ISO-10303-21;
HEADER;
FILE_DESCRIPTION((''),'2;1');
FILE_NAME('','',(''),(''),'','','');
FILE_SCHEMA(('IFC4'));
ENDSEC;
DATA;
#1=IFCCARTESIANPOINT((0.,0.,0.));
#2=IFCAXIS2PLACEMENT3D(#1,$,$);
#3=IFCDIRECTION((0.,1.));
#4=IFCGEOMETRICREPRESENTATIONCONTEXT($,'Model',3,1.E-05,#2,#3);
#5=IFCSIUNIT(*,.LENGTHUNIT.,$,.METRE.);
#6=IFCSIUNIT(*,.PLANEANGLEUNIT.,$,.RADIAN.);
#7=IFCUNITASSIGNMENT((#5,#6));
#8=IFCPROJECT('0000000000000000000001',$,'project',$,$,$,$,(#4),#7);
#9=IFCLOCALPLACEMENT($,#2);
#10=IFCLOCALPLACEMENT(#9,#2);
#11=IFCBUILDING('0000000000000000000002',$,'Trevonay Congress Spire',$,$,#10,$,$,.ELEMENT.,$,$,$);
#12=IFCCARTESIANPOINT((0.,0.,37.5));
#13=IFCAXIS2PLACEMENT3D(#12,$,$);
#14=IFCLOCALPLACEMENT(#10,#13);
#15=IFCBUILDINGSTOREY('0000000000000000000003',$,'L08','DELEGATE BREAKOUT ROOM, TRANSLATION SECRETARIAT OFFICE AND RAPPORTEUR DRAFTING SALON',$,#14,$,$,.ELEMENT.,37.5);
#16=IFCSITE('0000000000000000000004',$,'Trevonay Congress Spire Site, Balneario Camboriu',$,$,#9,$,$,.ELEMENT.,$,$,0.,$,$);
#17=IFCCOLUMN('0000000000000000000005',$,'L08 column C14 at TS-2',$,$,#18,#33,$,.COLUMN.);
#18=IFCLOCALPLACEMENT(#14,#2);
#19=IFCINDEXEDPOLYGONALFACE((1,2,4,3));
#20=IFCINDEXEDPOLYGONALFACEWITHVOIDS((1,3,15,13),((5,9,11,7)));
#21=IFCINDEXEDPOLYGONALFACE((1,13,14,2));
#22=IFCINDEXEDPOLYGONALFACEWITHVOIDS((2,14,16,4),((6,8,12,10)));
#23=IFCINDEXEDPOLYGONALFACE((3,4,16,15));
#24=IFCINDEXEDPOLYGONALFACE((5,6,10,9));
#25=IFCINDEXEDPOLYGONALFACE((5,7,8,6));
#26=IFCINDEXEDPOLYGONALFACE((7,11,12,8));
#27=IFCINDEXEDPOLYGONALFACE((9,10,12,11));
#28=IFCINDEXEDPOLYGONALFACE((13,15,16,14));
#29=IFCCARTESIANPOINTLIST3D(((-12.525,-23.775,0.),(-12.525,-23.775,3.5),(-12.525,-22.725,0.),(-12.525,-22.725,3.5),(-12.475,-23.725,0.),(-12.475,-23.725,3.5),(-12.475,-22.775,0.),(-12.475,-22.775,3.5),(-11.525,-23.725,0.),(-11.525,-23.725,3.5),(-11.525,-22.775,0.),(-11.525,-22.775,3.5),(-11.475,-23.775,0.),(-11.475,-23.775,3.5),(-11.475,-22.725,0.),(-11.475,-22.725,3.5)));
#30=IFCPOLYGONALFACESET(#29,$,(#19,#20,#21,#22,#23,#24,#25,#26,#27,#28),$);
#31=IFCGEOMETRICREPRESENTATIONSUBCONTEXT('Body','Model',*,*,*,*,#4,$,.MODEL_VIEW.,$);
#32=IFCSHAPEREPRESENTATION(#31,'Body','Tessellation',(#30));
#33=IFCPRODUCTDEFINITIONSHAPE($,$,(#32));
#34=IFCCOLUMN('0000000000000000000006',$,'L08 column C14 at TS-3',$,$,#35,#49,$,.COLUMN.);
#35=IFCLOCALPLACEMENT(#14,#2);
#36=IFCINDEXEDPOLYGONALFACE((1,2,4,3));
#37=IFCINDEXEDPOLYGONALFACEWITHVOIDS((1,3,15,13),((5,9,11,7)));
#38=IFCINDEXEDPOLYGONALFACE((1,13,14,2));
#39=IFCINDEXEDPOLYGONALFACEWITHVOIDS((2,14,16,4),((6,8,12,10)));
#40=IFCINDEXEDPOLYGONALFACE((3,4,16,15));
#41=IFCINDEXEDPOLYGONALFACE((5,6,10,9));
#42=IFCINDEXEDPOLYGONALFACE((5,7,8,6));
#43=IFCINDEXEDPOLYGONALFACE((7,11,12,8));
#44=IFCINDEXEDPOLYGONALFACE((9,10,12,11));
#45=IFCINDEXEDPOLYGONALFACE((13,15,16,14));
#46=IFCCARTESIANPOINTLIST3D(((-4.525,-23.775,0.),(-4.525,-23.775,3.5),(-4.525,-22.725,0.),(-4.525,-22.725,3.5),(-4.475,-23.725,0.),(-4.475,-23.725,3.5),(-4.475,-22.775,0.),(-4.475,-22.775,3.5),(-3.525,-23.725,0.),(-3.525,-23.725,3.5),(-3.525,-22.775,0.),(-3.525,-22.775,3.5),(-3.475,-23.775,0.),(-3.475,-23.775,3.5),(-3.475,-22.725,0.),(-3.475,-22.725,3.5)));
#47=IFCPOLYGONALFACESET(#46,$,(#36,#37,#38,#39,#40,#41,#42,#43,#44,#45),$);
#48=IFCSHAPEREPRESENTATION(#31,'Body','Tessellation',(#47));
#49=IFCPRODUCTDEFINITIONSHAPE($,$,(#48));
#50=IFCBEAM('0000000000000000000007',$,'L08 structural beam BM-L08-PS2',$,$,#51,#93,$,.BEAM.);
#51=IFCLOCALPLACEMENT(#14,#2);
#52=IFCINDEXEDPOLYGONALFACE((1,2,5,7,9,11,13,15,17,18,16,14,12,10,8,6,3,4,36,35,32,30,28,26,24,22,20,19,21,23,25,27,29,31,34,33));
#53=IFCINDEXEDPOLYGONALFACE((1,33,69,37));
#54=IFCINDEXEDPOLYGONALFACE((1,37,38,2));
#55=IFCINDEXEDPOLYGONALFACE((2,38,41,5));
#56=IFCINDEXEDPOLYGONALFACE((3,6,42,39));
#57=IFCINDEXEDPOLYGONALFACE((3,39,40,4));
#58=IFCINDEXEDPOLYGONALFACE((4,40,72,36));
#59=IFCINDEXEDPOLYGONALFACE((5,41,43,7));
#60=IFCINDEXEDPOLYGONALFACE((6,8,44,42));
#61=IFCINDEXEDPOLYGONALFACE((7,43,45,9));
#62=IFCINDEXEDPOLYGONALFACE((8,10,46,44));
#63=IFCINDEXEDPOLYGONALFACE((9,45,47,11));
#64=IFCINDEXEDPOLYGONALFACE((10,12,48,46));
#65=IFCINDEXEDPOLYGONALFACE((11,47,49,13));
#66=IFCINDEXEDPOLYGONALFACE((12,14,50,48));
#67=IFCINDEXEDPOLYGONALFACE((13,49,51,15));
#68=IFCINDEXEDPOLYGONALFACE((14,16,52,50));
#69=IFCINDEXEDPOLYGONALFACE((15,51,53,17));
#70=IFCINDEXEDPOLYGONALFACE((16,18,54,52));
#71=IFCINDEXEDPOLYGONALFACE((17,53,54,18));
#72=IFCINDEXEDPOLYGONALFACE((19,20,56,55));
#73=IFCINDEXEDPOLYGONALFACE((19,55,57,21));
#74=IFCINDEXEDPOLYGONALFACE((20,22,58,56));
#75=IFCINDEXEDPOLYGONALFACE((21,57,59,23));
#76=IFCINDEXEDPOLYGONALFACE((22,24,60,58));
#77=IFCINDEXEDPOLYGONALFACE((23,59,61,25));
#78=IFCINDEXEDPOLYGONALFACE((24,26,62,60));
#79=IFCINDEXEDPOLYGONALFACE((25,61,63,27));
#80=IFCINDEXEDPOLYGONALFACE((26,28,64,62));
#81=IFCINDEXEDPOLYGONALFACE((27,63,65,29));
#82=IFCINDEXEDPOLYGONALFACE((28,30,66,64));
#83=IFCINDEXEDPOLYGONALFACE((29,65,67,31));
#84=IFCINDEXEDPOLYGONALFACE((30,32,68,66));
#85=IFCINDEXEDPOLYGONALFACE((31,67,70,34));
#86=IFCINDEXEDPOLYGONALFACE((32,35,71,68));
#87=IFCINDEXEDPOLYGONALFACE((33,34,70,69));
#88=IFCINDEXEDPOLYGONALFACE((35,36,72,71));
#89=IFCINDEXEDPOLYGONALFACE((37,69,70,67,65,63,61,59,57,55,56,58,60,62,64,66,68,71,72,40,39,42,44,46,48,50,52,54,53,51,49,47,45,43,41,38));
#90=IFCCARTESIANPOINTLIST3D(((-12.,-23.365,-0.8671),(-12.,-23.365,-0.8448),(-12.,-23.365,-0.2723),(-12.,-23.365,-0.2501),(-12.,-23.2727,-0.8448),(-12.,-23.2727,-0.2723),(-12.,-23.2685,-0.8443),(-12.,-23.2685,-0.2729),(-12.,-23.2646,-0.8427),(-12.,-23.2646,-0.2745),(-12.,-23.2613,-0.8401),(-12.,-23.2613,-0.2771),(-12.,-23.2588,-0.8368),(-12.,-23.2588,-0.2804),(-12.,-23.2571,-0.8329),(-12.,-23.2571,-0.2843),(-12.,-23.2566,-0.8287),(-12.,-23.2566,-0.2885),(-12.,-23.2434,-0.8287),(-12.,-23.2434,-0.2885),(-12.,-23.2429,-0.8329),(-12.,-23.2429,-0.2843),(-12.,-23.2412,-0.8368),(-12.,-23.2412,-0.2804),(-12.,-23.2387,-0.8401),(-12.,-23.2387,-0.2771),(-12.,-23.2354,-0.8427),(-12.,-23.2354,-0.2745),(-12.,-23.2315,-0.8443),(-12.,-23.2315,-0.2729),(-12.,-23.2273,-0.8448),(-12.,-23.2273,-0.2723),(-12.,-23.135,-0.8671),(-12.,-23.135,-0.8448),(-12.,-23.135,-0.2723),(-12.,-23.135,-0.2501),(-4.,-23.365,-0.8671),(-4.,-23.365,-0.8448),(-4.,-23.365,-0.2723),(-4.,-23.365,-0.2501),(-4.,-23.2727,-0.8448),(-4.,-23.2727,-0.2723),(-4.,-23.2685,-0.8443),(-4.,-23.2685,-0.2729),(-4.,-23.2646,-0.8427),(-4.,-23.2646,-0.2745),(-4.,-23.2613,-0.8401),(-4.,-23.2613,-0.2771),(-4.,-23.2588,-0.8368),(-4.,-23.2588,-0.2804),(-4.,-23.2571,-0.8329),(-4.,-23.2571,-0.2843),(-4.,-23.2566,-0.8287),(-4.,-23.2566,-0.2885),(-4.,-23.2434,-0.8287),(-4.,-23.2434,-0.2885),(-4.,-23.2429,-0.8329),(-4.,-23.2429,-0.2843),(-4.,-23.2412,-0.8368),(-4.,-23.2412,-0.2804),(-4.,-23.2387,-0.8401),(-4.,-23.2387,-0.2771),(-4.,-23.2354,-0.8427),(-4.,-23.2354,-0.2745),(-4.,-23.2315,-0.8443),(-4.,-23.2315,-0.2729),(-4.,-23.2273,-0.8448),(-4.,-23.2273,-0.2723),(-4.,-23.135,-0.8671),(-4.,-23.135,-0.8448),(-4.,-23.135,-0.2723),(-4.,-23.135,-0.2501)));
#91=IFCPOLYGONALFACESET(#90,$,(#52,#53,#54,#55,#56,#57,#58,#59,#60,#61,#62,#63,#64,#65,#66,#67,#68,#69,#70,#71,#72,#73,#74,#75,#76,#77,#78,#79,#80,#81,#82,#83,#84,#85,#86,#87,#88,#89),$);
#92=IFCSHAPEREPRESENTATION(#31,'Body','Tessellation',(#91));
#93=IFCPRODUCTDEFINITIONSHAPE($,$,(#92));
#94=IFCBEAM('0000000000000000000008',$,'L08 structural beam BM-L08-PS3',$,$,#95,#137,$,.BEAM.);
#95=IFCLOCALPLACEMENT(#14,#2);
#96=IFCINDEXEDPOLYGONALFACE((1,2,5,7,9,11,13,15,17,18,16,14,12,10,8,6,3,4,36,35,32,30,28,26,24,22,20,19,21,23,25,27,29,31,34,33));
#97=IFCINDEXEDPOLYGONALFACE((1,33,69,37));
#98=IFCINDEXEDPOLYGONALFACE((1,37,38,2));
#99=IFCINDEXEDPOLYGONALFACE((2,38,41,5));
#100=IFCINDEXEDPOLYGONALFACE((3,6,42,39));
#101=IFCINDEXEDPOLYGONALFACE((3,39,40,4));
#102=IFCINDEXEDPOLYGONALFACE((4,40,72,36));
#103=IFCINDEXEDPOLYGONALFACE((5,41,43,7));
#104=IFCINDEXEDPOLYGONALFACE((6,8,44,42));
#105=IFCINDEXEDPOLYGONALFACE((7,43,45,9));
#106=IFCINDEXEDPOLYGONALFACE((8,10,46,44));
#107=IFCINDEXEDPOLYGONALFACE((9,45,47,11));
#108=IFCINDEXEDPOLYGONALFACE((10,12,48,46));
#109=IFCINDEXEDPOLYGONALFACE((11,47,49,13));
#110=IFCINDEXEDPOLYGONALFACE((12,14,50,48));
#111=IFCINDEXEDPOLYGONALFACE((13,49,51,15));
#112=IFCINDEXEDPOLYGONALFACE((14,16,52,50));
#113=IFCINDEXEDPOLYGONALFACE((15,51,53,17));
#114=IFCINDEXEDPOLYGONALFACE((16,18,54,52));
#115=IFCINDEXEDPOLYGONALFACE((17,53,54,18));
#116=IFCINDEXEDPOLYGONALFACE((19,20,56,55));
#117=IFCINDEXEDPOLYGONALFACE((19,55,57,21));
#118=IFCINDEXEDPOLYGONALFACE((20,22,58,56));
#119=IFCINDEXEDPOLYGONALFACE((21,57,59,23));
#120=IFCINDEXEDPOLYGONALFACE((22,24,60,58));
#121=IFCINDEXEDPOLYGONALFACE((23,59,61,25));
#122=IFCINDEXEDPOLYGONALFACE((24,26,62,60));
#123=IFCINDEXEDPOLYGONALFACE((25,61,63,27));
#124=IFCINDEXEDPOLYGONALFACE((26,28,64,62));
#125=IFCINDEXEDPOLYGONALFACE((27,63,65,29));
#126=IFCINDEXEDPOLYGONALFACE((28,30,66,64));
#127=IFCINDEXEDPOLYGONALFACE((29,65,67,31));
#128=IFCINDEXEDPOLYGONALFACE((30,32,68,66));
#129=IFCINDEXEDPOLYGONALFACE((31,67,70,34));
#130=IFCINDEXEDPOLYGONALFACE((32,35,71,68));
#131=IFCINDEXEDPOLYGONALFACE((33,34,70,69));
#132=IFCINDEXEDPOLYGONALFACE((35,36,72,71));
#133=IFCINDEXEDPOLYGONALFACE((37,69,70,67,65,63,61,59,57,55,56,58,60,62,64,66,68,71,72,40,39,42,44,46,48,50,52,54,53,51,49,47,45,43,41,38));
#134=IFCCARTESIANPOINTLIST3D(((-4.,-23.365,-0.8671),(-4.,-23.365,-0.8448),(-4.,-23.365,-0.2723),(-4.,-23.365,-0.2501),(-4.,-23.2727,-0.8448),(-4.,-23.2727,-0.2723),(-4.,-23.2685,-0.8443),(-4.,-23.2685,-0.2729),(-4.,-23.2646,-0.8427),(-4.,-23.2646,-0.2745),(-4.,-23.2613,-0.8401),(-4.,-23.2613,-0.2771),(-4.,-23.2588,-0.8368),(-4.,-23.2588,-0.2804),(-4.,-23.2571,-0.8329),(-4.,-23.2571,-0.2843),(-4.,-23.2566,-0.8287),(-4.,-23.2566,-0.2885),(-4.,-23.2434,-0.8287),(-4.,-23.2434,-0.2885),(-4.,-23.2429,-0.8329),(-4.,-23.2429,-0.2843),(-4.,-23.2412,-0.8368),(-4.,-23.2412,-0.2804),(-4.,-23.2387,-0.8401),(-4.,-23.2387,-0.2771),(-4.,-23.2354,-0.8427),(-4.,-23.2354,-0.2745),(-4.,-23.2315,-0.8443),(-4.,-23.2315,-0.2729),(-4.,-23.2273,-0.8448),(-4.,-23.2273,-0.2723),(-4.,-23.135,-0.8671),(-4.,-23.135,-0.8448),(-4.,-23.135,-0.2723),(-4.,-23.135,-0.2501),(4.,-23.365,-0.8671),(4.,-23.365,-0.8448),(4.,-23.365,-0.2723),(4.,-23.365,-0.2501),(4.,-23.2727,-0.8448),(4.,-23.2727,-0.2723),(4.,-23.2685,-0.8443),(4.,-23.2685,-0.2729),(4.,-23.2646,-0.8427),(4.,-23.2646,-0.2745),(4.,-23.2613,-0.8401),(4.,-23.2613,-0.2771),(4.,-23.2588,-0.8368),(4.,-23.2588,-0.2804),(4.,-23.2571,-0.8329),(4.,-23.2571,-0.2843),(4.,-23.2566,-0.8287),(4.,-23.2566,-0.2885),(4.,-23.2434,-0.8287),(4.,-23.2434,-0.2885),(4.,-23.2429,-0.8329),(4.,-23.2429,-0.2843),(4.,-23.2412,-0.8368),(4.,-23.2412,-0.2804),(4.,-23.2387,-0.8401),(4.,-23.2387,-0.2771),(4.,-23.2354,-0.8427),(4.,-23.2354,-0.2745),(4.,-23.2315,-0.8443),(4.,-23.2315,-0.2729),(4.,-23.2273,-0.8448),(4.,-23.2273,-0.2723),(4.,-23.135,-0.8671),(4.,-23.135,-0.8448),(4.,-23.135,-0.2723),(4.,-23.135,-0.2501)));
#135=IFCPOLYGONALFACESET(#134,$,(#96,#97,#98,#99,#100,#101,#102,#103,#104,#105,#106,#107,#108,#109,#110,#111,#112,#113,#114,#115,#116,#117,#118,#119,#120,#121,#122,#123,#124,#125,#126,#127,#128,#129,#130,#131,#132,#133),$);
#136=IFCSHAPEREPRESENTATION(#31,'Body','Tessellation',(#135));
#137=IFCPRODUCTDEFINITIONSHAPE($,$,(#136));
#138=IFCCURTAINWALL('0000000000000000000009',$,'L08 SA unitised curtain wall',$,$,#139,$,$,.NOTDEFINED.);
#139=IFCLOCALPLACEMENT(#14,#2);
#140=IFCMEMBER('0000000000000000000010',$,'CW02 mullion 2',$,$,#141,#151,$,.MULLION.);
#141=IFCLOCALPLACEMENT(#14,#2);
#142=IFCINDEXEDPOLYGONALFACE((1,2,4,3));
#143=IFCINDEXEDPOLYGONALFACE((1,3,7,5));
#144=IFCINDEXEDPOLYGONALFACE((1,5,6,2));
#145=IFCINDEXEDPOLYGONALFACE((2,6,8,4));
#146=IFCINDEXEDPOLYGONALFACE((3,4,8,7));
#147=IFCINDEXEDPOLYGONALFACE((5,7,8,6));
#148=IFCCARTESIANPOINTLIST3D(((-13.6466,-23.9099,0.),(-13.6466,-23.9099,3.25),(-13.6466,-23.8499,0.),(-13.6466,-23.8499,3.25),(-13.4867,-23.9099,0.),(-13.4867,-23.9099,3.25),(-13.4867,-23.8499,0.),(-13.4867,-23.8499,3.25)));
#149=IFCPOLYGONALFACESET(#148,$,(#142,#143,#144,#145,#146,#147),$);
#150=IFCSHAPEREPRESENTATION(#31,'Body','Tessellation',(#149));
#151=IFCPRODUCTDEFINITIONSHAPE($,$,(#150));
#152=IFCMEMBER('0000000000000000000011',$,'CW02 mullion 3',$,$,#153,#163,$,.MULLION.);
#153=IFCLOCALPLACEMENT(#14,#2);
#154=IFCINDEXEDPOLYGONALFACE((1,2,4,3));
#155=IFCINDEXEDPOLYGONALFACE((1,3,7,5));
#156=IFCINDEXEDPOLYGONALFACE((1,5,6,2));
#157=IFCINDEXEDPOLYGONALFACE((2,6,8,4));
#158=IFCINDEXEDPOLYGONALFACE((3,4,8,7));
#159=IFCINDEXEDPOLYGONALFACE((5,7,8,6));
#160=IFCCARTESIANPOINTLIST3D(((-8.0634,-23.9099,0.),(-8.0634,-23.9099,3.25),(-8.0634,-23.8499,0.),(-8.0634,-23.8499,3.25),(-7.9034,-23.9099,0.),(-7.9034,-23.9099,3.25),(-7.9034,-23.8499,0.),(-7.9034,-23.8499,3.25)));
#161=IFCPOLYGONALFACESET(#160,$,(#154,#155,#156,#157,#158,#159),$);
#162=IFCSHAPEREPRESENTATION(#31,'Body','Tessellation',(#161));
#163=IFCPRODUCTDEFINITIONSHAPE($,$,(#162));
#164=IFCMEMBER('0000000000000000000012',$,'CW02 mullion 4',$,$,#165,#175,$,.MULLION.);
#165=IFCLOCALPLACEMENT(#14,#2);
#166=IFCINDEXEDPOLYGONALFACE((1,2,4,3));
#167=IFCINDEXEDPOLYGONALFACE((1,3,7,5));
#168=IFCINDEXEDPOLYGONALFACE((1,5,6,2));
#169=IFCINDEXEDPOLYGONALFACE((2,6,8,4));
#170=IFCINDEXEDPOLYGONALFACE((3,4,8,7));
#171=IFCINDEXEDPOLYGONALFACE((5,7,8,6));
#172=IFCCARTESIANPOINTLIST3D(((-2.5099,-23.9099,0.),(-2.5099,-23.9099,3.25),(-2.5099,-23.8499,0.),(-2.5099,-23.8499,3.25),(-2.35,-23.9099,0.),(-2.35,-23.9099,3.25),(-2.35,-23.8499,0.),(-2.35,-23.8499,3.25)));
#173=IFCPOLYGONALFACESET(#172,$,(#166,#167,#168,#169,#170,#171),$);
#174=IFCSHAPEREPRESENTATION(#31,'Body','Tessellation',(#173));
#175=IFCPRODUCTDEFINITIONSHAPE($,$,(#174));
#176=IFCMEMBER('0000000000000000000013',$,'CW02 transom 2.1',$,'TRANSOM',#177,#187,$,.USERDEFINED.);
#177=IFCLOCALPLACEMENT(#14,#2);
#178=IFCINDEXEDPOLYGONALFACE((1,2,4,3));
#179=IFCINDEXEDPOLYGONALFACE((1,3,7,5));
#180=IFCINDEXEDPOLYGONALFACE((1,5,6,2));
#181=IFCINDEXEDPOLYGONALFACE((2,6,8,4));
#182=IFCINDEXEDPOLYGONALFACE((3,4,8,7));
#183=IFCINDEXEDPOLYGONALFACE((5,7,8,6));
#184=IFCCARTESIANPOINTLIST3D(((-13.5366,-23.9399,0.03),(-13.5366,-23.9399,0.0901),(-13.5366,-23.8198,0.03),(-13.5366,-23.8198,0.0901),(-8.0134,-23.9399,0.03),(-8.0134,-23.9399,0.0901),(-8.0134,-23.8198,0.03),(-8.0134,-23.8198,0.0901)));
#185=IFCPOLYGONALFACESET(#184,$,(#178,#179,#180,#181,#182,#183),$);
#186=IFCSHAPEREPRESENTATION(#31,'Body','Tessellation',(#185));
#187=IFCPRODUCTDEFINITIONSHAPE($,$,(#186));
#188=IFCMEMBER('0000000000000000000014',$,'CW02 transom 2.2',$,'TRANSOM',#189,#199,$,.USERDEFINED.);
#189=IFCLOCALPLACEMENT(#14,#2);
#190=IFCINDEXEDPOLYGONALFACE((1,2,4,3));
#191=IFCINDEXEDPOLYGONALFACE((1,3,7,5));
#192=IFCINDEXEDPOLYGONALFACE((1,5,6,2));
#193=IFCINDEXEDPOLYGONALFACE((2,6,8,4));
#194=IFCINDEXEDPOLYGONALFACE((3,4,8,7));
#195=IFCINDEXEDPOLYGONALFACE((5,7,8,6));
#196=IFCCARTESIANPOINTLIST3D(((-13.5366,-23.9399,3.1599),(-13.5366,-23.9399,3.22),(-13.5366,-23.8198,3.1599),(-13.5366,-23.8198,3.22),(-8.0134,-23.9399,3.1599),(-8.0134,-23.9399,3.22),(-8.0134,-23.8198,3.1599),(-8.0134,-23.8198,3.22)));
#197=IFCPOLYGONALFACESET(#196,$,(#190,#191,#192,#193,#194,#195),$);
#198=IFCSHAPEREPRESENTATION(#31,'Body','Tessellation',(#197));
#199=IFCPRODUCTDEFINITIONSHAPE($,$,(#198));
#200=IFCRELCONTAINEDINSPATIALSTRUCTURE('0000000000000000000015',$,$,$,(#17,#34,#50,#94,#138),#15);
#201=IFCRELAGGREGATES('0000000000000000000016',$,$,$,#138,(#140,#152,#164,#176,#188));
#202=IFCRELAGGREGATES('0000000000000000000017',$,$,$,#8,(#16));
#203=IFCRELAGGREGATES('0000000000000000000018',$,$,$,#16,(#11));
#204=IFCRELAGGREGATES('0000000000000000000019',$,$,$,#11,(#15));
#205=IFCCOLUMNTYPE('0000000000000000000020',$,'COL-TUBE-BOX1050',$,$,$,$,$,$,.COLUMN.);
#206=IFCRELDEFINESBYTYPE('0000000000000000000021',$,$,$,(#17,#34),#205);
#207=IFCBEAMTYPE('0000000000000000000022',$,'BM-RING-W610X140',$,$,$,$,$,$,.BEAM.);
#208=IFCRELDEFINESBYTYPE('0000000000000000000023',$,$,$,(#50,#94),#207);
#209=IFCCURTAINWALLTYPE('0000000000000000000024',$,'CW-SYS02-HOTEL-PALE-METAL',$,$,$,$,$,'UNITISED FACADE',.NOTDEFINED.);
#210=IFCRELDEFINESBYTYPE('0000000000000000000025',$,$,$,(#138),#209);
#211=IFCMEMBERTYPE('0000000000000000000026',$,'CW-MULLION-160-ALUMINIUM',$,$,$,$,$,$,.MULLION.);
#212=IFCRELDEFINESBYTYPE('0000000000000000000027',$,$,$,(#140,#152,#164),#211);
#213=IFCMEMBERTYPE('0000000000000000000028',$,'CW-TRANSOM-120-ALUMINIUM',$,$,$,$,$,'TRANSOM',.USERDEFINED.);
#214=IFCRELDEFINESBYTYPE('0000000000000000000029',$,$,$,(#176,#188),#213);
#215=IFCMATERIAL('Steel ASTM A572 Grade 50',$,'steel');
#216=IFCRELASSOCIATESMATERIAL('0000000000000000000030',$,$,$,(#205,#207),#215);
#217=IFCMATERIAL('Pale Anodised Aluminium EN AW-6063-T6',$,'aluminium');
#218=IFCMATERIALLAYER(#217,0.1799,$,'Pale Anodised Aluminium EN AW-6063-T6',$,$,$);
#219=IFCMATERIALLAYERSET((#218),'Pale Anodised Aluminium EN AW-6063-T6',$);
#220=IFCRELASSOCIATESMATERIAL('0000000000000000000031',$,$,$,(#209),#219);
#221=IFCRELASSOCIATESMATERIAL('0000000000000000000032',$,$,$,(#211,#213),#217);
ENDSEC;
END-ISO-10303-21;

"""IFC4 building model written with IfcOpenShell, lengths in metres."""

from ifc_helpers import new_model, si_unit, direction, frame, origin, origin_2d, place, context, subcontext, project, spatial, rectangle, hollow_rectangle, i_section, extrude, material, layer, layer_set, material_profile, profile_set, type_object, element, aggregate, save


model = new_model("IFC4")

# Units and contexts
model_context = context("Model", 3, precision=1e-05, world=origin(), true_north=direction((0.0, 1.0)))
body_context = subcontext(model_context, "Body", "Model", "MODEL_VIEW")
ifc_project = project(units=[si_unit("LENGTHUNIT", "METRE"), si_unit("PLANEANGLEUNIT", "RADIAN")], contexts=[model_context])

# Site, building, storey
site_placement = place(None, origin())
site = spatial("IfcSite", under=ifc_project, at=site_placement, Name="Trevonay Congress Spire Site, Balneario Camboriu", CompositionType="ELEMENT", RefElevation=0.0)
building_placement = place(site_placement, origin())
building = spatial("IfcBuilding", under=site, at=building_placement, Name="Trevonay Congress Spire", CompositionType="ELEMENT")
storey_placement = place(building_placement, frame((0.0, 0.0, 37.5)))
storey = spatial("IfcBuildingStorey", under=building, at=storey_placement, Name="L08", Description="DELEGATE BREAKOUT ROOM, TRANSLATION SECRETARIAT OFFICE AND RAPPORTEUR DRAFTING SALON", CompositionType="ELEMENT", Elevation=37.5)

# Columns
ifc_material_1 = material(Name="Steel ASTM A572 Grade 50", Category="steel")
ifc_material_profile_1 = material_profile(ifc_material_1, hollow_rectangle(XDim=1.05, YDim=1.05, WallThickness=0.05, at=origin_2d()), Name="BOX 1050x1050x50")
ifc_profile_set_1 = profile_set([ifc_material_profile_1], Name="Steel ASTM A572 Grade 50")
column_type = type_object("IfcColumnType", Name="COL-TUBE-BOX1050", PredefinedType="COLUMN", material=ifc_profile_set_1)
for number, where, z_axis, x_axis, name in (
    (1, (-12.0, -23.25, 0.0), (0.0, 0.0, 1.0), (1.0, 0.0, 0.0), "L08 column C14 at TS-2"),
    (2, (-4.0, -23.25, 0.0), (0.0, 0.0, 1.0), (1.0, 0.0, 0.0), "L08 column C14 at TS-3"),
):
    element("IfcColumn", number, at=place(storey_placement, frame(where, z_axis=z_axis, x_axis=x_axis)), inside=storey, type_object=column_type, Name=name, PredefinedType="COLUMN", context=body_context, shape_type="SweptSolid", body=[
        extrude(hollow_rectangle(XDim=1.05, YDim=1.05, WallThickness=0.05, at=origin_2d()), origin(), (0.0, 0.0, 1.0), 3.5),
    ])

# Beams
ifc_material_profile_2 = material_profile(ifc_material_1, i_section(OverallWidth=0.23, OverallDepth=0.6169, WebThickness=0.0132, FlangeThickness=0.0222, FilletRadius=0.0161, at=origin_2d()), Name="W610x140")
ifc_profile_set_2 = profile_set([ifc_material_profile_2], Name="Steel ASTM A572 Grade 50")
beam_type = type_object("IfcBeamType", Name="BM-RING-W610X140", PredefinedType="BEAM", material=ifc_profile_set_2)
for number, where, z_axis, x_axis, name in (
    (3, (-12.0, -23.25, -0.5586), (1.0, 0.0, 0.0), (0.0, 1.0, 0.0), "L08 structural beam BM-L08-PS2"),
    (4, (-4.0, -23.25, -0.5586), (1.0, 0.0, 0.0), (0.0, 1.0, 0.0), "L08 structural beam BM-L08-PS3"),
):
    element("IfcBeam", number, at=place(storey_placement, frame(where, z_axis=z_axis, x_axis=x_axis)), inside=storey, type_object=beam_type, Name=name, PredefinedType="BEAM", context=body_context, shape_type="SweptSolid", body=[
        extrude(i_section(OverallWidth=0.23, OverallDepth=0.6169, WebThickness=0.0132, FlangeThickness=0.0222, FilletRadius=0.0161, at=origin_2d()), origin(), (0.0, 0.0, 1.0), 8.0),
    ])

# Curtain wall, members
ifc_material_2 = material(Name="Pale Anodised Aluminium EN AW-6063-T6", Category="aluminium")
ifc_layer_1 = layer(ifc_material_2, 0.1799, Name="Pale Anodised Aluminium EN AW-6063-T6")
ifc_layer_set_1 = layer_set([ifc_layer_1], Name="Pale Anodised Aluminium EN AW-6063-T6")
curtain_wall_type = type_object("IfcCurtainWallType", Name="CW-SYS02-HOTEL-PALE-METAL", ElementType="UNITISED FACADE", PredefinedType="NOTDEFINED", material=ifc_layer_set_1)
curtain_wall_placement = place(storey_placement, origin())
curtain_wall = element("IfcCurtainWall", 5, at=curtain_wall_placement, inside=storey, type_object=curtain_wall_type, Name="L08 SA unitised curtain wall", PredefinedType="NOTDEFINED")
ifc_material_profile_3 = material_profile(ifc_material_2, rectangle(XDim=0.0601, YDim=0.1599, at=origin_2d()), Name="CW-MULLION-160-ALUMINIUM")
ifc_profile_set_3 = profile_set([ifc_material_profile_3], Name="Pale Anodised Aluminium EN AW-6063-T6")
member_type_1 = type_object("IfcMemberType", Name="CW-MULLION-160-ALUMINIUM", PredefinedType="MULLION", material=ifc_profile_set_3)
member_1_placement = place(storey_placement, frame((-13.5667, -23.8799, 0.0), z_axis=(0.0, 0.0, 1.0), x_axis=(0.0, 1.0, 0.0)))
member_1 = element("IfcMember", 6, at=member_1_placement, type_object=member_type_1, Name="CW02 mullion 2", PredefinedType="MULLION", context=body_context, shape_type="SweptSolid", body=[
    extrude(rectangle(XDim=0.0601, YDim=0.1599, at=origin_2d()), origin(), (0.0, 0.0, 1.0), 3.25),
])
member_2_placement = place(storey_placement, frame((-7.9834, -23.8799, 0.0), z_axis=(0.0, 0.0, 1.0), x_axis=(0.0, 1.0, 0.0)))
member_2 = element("IfcMember", 7, at=member_2_placement, type_object=member_type_1, Name="CW02 mullion 3", PredefinedType="MULLION", context=body_context, shape_type="SweptSolid", body=[
    extrude(rectangle(XDim=0.0601, YDim=0.1599, at=origin_2d()), origin(), (0.0, 0.0, 1.0), 3.25),
])
member_3_placement = place(storey_placement, frame((-2.4299, -23.8799, 0.0), z_axis=(0.0, 0.0, 1.0), x_axis=(0.0, 1.0, 0.0)))
member_3 = element("IfcMember", 8, at=member_3_placement, type_object=member_type_1, Name="CW02 mullion 4", PredefinedType="MULLION", context=body_context, shape_type="SweptSolid", body=[
    extrude(rectangle(XDim=0.0601, YDim=0.1599, at=origin_2d()), origin(), (0.0, 0.0, 1.0), 3.25),
])
ifc_material_profile_4 = material_profile(ifc_material_2, rectangle(XDim=0.1201, YDim=0.0601, at=origin_2d()), Name="CW-TRANSOM-120-ALUMINIUM")
ifc_profile_set_4 = profile_set([ifc_material_profile_4], Name="Pale Anodised Aluminium EN AW-6063-T6")
member_type_2 = type_object("IfcMemberType", Name="CW-TRANSOM-120-ALUMINIUM", ElementType="TRANSOM", PredefinedType="USERDEFINED", material=ifc_profile_set_4)
member_4_placement = place(storey_placement, frame((-13.5366, -23.8799, 0.0601), z_axis=(1.0, 0.0, 0.0), x_axis=(0.0, 1.0, 0.0)))
member_4 = element("IfcMember", 9, at=member_4_placement, type_object=member_type_2, Name="CW02 transom 2.1", ObjectType="TRANSOM", PredefinedType="USERDEFINED", context=body_context, shape_type="SweptSolid", body=[
    extrude(rectangle(XDim=0.1201, YDim=0.0601, at=origin_2d()), origin(), (0.0, 0.0, 1.0), 5.5232),
])
member_5_placement = place(storey_placement, frame((-13.5366, -23.8799, 3.1899), z_axis=(1.0, 0.0, 0.0), x_axis=(0.0, 1.0, 0.0)))
member_5 = element("IfcMember", 10, at=member_5_placement, type_object=member_type_2, Name="CW02 transom 2.2", ObjectType="TRANSOM", PredefinedType="USERDEFINED", context=body_context, shape_type="SweptSolid", body=[
    extrude(rectangle(XDim=0.1201, YDim=0.0601, at=origin_2d()), origin(), (0.0, 0.0, 1.0), 5.5232),
])
aggregate(curtain_wall, [member_1, member_2, member_3, member_4, member_5])

save(model, "model.ifc")
